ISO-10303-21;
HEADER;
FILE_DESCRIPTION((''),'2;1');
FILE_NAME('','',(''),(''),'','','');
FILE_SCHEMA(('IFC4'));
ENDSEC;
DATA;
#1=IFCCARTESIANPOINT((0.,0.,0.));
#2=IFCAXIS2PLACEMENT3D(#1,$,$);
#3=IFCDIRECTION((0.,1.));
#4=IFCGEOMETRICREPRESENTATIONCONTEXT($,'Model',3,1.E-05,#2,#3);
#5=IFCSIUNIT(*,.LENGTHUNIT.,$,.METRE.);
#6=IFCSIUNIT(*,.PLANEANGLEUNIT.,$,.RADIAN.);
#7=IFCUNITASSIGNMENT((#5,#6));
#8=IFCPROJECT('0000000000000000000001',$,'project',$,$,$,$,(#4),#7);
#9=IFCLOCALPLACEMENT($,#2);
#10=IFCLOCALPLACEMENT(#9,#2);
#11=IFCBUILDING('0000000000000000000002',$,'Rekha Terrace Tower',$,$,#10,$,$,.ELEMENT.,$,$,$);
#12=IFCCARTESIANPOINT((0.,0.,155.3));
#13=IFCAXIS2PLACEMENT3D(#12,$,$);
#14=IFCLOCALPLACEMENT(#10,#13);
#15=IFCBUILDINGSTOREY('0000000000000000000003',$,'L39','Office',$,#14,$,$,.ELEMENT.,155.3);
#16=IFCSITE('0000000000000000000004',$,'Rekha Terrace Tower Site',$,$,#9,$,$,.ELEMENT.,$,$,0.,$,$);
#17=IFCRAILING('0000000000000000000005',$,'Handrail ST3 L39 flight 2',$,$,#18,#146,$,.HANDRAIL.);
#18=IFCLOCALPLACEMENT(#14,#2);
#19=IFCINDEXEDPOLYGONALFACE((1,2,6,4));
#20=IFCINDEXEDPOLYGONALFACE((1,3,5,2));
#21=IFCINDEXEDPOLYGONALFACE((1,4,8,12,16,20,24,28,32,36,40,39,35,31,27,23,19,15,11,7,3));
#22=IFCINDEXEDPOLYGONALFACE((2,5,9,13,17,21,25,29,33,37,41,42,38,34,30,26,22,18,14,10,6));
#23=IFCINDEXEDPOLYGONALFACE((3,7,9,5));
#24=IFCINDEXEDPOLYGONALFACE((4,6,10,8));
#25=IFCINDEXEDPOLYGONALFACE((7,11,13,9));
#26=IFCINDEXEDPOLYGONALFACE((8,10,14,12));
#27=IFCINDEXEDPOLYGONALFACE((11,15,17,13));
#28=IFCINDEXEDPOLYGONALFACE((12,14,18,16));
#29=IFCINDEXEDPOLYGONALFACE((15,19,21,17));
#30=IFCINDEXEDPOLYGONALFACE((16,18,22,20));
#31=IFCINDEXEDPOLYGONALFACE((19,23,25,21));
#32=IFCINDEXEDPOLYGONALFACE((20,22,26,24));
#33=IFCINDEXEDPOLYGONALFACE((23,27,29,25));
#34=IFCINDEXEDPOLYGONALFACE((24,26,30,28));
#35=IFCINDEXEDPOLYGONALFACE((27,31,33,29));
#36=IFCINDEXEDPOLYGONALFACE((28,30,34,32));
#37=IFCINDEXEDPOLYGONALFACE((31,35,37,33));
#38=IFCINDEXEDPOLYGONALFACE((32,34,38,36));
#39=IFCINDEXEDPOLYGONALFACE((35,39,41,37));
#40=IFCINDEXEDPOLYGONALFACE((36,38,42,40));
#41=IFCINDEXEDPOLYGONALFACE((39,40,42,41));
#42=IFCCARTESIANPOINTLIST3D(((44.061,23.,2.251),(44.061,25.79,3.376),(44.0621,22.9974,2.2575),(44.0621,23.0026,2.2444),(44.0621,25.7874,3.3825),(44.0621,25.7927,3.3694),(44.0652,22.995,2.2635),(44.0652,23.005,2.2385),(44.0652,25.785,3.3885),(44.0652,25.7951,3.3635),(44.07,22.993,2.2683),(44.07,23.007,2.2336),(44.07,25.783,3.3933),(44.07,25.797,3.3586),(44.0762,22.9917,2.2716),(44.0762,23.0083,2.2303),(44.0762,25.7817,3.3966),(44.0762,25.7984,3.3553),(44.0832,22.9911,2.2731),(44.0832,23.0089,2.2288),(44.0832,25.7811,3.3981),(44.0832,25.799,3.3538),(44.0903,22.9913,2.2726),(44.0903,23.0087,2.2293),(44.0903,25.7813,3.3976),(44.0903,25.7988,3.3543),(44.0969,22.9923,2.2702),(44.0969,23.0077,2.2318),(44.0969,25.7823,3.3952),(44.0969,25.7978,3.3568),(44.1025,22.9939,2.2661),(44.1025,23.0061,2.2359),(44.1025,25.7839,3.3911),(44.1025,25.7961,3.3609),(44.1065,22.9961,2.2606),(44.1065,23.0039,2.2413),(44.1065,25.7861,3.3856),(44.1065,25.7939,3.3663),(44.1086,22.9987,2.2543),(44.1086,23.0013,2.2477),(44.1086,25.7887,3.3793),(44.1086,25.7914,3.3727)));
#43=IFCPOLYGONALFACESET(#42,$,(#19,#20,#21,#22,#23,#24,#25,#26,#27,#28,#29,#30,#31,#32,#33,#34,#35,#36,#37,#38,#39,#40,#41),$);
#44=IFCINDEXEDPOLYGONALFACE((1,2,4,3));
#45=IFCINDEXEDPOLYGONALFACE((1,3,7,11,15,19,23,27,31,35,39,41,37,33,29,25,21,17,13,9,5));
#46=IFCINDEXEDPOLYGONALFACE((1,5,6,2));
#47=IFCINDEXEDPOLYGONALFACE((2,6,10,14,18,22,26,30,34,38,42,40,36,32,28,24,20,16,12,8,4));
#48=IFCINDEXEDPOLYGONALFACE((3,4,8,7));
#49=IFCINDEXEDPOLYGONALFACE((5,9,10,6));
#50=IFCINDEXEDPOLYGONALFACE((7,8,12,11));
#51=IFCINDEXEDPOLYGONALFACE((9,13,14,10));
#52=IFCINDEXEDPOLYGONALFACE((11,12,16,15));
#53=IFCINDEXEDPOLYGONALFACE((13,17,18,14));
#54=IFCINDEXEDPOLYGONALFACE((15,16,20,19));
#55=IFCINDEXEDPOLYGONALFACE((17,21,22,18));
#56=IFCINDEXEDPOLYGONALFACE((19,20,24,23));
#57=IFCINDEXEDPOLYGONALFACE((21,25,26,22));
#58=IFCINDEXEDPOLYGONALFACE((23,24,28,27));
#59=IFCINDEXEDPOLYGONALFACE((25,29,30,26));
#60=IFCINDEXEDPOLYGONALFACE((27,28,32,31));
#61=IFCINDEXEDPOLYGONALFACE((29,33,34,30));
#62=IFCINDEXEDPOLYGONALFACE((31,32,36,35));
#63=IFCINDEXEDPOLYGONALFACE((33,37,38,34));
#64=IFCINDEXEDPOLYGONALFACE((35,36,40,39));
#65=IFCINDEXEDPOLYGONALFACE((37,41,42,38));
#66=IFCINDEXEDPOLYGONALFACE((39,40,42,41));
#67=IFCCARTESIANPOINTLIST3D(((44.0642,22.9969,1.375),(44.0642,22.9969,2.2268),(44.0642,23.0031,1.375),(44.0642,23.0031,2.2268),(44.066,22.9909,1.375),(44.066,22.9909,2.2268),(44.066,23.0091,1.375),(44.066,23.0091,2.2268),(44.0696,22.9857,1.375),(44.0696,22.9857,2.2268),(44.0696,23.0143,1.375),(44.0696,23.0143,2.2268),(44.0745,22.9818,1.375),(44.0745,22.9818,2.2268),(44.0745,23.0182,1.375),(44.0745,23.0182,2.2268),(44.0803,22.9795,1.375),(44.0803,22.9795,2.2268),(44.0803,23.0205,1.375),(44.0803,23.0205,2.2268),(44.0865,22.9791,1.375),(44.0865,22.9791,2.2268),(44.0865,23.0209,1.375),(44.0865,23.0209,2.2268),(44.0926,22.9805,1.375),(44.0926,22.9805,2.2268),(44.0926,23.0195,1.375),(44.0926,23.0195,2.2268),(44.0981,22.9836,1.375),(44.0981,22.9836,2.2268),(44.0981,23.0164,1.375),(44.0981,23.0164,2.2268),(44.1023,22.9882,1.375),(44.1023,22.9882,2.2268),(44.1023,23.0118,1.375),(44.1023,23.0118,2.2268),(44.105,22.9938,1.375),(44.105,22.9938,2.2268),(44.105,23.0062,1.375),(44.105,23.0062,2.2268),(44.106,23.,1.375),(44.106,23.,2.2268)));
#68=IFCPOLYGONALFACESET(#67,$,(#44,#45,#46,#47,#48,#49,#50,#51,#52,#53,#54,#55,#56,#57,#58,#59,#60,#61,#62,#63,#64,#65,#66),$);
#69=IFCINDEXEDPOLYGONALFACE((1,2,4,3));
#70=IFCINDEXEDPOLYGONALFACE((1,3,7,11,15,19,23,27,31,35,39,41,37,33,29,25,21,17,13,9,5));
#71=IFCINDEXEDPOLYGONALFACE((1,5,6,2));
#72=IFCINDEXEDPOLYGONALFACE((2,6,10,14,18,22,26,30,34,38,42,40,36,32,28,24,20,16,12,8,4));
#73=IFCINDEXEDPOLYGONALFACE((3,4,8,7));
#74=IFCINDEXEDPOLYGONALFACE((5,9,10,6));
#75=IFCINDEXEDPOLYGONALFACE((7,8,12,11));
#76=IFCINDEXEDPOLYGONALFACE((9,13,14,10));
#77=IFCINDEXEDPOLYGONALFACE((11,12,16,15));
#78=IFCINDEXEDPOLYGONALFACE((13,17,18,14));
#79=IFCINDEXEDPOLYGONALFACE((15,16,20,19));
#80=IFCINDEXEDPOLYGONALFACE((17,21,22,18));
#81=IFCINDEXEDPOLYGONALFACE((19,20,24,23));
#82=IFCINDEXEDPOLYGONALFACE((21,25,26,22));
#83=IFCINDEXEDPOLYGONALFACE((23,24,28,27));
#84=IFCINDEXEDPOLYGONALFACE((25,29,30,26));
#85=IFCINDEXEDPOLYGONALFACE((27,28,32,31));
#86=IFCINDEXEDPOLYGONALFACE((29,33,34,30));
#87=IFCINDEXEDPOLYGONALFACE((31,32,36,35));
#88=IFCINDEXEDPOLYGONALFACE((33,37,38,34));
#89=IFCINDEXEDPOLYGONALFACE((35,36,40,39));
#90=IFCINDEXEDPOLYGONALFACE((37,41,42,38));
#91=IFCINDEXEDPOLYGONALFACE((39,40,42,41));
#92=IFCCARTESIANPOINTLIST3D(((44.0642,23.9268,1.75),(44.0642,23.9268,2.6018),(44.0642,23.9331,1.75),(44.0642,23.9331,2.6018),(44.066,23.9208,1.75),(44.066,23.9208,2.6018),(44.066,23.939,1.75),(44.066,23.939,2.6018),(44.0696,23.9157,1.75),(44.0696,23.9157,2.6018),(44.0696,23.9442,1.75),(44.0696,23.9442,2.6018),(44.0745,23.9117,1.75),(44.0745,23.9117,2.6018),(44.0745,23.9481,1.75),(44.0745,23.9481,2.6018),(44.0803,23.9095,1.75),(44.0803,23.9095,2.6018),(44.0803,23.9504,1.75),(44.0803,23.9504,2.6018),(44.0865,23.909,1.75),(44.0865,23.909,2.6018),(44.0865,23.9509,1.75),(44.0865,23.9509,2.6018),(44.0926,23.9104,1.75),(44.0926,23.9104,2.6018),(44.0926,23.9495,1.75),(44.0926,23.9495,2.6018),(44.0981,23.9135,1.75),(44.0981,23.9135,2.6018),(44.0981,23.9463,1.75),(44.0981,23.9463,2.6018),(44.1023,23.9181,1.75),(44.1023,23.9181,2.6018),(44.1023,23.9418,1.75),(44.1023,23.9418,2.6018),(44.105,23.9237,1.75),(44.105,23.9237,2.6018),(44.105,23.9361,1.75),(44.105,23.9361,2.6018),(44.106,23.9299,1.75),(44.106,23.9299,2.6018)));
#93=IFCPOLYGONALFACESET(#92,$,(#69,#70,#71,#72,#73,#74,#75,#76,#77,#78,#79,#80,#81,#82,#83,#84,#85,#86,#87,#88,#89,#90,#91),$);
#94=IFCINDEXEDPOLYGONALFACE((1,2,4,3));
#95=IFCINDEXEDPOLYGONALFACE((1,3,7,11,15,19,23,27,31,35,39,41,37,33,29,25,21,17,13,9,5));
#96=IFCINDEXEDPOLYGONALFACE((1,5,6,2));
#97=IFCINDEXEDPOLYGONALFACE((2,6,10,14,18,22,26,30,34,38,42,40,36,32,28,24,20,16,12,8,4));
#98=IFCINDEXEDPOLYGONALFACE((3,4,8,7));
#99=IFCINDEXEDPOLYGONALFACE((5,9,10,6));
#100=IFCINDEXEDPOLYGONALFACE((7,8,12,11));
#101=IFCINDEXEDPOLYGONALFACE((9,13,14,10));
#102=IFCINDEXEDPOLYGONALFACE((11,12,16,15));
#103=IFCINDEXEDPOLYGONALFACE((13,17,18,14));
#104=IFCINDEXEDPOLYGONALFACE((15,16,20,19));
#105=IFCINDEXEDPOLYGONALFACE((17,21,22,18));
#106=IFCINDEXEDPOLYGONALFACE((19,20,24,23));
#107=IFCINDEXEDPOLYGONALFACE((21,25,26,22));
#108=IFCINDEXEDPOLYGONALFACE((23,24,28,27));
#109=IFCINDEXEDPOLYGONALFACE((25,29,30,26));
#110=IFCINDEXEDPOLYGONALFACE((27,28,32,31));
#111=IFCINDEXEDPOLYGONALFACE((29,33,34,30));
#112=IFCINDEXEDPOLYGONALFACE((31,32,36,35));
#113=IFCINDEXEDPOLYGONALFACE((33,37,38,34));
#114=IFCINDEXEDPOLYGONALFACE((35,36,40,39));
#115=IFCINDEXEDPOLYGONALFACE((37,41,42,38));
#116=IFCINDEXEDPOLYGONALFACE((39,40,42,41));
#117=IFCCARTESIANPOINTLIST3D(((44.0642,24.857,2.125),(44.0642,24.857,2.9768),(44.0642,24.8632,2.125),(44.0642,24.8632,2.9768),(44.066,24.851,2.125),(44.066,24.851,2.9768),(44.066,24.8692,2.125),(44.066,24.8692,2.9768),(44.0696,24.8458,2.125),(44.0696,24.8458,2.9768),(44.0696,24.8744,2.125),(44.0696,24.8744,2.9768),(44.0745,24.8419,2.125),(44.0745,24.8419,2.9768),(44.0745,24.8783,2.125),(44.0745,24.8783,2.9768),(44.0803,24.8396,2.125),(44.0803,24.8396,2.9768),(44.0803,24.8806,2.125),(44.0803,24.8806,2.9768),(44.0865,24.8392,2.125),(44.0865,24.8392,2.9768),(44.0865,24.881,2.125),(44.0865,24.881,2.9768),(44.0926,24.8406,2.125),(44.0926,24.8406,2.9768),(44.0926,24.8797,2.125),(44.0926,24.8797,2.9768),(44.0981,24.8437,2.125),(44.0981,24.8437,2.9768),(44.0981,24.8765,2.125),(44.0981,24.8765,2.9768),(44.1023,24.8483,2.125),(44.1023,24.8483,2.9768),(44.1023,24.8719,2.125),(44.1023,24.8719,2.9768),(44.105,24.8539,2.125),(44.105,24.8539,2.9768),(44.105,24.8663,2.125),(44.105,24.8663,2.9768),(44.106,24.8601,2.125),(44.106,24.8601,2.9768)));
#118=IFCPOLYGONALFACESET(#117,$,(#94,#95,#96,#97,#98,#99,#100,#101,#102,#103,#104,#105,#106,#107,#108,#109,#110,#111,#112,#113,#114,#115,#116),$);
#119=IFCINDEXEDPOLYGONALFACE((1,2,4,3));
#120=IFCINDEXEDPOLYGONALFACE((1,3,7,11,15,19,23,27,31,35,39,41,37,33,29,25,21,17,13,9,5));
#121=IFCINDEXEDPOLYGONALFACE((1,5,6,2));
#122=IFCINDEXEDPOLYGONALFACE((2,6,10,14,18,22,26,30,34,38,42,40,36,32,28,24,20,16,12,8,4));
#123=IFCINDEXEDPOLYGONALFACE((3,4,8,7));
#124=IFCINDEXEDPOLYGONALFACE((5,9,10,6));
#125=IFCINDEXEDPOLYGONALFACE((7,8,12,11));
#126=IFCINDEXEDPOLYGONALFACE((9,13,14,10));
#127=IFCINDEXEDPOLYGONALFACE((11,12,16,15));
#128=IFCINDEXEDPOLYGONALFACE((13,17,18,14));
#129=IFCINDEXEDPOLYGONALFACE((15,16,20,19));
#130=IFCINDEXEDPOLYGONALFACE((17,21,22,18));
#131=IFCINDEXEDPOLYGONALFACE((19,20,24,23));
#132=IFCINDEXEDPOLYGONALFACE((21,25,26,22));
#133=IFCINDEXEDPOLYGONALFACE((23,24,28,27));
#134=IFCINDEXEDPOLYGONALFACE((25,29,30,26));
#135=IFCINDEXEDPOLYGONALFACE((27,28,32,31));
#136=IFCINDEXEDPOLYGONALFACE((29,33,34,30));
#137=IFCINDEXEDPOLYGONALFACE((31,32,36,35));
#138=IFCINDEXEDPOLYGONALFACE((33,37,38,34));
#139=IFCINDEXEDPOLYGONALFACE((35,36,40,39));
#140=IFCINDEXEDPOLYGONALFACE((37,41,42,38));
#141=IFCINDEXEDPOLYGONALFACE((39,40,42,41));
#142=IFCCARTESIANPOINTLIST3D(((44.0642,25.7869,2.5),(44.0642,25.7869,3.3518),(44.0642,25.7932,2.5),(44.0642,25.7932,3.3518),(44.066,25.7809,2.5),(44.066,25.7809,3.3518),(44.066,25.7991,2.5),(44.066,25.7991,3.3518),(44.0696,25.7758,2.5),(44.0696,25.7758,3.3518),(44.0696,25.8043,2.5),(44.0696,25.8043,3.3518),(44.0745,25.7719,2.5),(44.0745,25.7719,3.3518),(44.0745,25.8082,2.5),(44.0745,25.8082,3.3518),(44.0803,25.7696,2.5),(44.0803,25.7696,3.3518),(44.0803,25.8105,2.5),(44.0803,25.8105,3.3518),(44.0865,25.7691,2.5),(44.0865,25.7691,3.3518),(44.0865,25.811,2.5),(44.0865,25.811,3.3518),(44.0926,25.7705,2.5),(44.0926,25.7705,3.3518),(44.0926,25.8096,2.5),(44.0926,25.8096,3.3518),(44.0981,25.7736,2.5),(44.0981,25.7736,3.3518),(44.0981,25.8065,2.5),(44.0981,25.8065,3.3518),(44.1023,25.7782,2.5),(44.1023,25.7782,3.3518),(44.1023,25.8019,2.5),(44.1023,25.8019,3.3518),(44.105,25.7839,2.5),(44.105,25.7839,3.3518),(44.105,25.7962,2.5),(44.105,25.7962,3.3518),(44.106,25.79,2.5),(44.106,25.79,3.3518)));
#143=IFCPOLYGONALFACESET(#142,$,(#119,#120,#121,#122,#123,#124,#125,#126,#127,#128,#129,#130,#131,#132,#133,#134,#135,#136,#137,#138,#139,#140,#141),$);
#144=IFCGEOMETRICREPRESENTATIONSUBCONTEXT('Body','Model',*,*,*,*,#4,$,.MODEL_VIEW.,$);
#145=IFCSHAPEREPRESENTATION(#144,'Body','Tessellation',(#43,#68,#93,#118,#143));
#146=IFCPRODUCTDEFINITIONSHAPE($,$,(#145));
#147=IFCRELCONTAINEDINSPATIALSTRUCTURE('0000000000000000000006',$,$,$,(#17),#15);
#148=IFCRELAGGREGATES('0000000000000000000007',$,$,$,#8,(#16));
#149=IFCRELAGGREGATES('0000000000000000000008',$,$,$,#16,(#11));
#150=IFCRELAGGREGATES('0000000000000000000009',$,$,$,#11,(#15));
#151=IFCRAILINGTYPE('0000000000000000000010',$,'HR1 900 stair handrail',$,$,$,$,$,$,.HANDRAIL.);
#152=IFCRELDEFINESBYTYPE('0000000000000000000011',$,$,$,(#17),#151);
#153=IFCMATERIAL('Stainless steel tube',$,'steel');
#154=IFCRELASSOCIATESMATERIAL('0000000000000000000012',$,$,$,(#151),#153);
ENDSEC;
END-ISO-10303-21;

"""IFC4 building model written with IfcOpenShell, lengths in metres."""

from ifc_helpers import new_model, si_unit, direction, frame, origin, origin_2d, place, context, subcontext, project, spatial, circle, extrude, material, type_object, element, save


model = new_model("IFC4")

# Units and contexts
model_context = context("Model", 3, precision=1e-05, world=origin(), true_north=direction((0.0, 1.0)))
body_context = subcontext(model_context, "Body", "Model", "MODEL_VIEW")
ifc_project = project(units=[si_unit("LENGTHUNIT", "METRE"), si_unit("PLANEANGLEUNIT", "RADIAN")], contexts=[model_context])

# Site, building, storey
site_placement = place(None, origin())
site = spatial("IfcSite", under=ifc_project, at=site_placement, Name="Rekha Terrace Tower Site", CompositionType="ELEMENT", RefElevation=0.0)
building_placement = place(site_placement, origin())
building = spatial("IfcBuilding", under=site, at=building_placement, Name="Rekha Terrace Tower", CompositionType="ELEMENT")
storey_placement = place(building_placement, frame((0.0, 0.0, 155.3)))
storey = spatial("IfcBuildingStorey", under=building, at=storey_placement, Name="L39", Description="Office", CompositionType="ELEMENT", Elevation=155.3)

# Railing
ifc_material_1 = material(Name="Stainless steel tube", Category="steel")
railing_type_1 = type_object("IfcRailingType", Name="HR1 900 stair handrail", PredefinedType="HANDRAIL", material=ifc_material_1)
railing_1_placement = place(storey_placement, frame((44.085, 23.0, 1.375)))
element("IfcRailing", 1, at=railing_1_placement, inside=storey, type_object=railing_type_1, Name="Handrail ST3 L39 flight 2", PredefinedType="HANDRAIL", context=body_context, shape_type="SweptSolid", body=[
    extrude(circle(Radius=0.0239, at=origin_2d()), frame((0.0, 0.0, 0.876), z_axis=(0.0, 0.927443, 0.373964), x_axis=(-1.0, 0.0, 0.0)), (0.0, 0.0, 1.0), 3.0083),
    extrude(circle(Radius=0.021, at=origin_2d()), origin(), (0.0, 0.0, 1.0), 0.8518),
    extrude(circle(Radius=0.021, at=origin_2d()), frame((0.0, 0.9299, 0.375)), (0.0, 0.0, 1.0), 0.8518),
    extrude(circle(Radius=0.021, at=origin_2d()), frame((0.0, 1.8601, 0.75)), (0.0, 0.0, 1.0), 0.8518),
    extrude(circle(Radius=0.021, at=origin_2d()), frame((0.0, 2.79, 1.125)), (0.0, 0.0, 1.0), 0.8518),
])

save(model, "model.ifc")
